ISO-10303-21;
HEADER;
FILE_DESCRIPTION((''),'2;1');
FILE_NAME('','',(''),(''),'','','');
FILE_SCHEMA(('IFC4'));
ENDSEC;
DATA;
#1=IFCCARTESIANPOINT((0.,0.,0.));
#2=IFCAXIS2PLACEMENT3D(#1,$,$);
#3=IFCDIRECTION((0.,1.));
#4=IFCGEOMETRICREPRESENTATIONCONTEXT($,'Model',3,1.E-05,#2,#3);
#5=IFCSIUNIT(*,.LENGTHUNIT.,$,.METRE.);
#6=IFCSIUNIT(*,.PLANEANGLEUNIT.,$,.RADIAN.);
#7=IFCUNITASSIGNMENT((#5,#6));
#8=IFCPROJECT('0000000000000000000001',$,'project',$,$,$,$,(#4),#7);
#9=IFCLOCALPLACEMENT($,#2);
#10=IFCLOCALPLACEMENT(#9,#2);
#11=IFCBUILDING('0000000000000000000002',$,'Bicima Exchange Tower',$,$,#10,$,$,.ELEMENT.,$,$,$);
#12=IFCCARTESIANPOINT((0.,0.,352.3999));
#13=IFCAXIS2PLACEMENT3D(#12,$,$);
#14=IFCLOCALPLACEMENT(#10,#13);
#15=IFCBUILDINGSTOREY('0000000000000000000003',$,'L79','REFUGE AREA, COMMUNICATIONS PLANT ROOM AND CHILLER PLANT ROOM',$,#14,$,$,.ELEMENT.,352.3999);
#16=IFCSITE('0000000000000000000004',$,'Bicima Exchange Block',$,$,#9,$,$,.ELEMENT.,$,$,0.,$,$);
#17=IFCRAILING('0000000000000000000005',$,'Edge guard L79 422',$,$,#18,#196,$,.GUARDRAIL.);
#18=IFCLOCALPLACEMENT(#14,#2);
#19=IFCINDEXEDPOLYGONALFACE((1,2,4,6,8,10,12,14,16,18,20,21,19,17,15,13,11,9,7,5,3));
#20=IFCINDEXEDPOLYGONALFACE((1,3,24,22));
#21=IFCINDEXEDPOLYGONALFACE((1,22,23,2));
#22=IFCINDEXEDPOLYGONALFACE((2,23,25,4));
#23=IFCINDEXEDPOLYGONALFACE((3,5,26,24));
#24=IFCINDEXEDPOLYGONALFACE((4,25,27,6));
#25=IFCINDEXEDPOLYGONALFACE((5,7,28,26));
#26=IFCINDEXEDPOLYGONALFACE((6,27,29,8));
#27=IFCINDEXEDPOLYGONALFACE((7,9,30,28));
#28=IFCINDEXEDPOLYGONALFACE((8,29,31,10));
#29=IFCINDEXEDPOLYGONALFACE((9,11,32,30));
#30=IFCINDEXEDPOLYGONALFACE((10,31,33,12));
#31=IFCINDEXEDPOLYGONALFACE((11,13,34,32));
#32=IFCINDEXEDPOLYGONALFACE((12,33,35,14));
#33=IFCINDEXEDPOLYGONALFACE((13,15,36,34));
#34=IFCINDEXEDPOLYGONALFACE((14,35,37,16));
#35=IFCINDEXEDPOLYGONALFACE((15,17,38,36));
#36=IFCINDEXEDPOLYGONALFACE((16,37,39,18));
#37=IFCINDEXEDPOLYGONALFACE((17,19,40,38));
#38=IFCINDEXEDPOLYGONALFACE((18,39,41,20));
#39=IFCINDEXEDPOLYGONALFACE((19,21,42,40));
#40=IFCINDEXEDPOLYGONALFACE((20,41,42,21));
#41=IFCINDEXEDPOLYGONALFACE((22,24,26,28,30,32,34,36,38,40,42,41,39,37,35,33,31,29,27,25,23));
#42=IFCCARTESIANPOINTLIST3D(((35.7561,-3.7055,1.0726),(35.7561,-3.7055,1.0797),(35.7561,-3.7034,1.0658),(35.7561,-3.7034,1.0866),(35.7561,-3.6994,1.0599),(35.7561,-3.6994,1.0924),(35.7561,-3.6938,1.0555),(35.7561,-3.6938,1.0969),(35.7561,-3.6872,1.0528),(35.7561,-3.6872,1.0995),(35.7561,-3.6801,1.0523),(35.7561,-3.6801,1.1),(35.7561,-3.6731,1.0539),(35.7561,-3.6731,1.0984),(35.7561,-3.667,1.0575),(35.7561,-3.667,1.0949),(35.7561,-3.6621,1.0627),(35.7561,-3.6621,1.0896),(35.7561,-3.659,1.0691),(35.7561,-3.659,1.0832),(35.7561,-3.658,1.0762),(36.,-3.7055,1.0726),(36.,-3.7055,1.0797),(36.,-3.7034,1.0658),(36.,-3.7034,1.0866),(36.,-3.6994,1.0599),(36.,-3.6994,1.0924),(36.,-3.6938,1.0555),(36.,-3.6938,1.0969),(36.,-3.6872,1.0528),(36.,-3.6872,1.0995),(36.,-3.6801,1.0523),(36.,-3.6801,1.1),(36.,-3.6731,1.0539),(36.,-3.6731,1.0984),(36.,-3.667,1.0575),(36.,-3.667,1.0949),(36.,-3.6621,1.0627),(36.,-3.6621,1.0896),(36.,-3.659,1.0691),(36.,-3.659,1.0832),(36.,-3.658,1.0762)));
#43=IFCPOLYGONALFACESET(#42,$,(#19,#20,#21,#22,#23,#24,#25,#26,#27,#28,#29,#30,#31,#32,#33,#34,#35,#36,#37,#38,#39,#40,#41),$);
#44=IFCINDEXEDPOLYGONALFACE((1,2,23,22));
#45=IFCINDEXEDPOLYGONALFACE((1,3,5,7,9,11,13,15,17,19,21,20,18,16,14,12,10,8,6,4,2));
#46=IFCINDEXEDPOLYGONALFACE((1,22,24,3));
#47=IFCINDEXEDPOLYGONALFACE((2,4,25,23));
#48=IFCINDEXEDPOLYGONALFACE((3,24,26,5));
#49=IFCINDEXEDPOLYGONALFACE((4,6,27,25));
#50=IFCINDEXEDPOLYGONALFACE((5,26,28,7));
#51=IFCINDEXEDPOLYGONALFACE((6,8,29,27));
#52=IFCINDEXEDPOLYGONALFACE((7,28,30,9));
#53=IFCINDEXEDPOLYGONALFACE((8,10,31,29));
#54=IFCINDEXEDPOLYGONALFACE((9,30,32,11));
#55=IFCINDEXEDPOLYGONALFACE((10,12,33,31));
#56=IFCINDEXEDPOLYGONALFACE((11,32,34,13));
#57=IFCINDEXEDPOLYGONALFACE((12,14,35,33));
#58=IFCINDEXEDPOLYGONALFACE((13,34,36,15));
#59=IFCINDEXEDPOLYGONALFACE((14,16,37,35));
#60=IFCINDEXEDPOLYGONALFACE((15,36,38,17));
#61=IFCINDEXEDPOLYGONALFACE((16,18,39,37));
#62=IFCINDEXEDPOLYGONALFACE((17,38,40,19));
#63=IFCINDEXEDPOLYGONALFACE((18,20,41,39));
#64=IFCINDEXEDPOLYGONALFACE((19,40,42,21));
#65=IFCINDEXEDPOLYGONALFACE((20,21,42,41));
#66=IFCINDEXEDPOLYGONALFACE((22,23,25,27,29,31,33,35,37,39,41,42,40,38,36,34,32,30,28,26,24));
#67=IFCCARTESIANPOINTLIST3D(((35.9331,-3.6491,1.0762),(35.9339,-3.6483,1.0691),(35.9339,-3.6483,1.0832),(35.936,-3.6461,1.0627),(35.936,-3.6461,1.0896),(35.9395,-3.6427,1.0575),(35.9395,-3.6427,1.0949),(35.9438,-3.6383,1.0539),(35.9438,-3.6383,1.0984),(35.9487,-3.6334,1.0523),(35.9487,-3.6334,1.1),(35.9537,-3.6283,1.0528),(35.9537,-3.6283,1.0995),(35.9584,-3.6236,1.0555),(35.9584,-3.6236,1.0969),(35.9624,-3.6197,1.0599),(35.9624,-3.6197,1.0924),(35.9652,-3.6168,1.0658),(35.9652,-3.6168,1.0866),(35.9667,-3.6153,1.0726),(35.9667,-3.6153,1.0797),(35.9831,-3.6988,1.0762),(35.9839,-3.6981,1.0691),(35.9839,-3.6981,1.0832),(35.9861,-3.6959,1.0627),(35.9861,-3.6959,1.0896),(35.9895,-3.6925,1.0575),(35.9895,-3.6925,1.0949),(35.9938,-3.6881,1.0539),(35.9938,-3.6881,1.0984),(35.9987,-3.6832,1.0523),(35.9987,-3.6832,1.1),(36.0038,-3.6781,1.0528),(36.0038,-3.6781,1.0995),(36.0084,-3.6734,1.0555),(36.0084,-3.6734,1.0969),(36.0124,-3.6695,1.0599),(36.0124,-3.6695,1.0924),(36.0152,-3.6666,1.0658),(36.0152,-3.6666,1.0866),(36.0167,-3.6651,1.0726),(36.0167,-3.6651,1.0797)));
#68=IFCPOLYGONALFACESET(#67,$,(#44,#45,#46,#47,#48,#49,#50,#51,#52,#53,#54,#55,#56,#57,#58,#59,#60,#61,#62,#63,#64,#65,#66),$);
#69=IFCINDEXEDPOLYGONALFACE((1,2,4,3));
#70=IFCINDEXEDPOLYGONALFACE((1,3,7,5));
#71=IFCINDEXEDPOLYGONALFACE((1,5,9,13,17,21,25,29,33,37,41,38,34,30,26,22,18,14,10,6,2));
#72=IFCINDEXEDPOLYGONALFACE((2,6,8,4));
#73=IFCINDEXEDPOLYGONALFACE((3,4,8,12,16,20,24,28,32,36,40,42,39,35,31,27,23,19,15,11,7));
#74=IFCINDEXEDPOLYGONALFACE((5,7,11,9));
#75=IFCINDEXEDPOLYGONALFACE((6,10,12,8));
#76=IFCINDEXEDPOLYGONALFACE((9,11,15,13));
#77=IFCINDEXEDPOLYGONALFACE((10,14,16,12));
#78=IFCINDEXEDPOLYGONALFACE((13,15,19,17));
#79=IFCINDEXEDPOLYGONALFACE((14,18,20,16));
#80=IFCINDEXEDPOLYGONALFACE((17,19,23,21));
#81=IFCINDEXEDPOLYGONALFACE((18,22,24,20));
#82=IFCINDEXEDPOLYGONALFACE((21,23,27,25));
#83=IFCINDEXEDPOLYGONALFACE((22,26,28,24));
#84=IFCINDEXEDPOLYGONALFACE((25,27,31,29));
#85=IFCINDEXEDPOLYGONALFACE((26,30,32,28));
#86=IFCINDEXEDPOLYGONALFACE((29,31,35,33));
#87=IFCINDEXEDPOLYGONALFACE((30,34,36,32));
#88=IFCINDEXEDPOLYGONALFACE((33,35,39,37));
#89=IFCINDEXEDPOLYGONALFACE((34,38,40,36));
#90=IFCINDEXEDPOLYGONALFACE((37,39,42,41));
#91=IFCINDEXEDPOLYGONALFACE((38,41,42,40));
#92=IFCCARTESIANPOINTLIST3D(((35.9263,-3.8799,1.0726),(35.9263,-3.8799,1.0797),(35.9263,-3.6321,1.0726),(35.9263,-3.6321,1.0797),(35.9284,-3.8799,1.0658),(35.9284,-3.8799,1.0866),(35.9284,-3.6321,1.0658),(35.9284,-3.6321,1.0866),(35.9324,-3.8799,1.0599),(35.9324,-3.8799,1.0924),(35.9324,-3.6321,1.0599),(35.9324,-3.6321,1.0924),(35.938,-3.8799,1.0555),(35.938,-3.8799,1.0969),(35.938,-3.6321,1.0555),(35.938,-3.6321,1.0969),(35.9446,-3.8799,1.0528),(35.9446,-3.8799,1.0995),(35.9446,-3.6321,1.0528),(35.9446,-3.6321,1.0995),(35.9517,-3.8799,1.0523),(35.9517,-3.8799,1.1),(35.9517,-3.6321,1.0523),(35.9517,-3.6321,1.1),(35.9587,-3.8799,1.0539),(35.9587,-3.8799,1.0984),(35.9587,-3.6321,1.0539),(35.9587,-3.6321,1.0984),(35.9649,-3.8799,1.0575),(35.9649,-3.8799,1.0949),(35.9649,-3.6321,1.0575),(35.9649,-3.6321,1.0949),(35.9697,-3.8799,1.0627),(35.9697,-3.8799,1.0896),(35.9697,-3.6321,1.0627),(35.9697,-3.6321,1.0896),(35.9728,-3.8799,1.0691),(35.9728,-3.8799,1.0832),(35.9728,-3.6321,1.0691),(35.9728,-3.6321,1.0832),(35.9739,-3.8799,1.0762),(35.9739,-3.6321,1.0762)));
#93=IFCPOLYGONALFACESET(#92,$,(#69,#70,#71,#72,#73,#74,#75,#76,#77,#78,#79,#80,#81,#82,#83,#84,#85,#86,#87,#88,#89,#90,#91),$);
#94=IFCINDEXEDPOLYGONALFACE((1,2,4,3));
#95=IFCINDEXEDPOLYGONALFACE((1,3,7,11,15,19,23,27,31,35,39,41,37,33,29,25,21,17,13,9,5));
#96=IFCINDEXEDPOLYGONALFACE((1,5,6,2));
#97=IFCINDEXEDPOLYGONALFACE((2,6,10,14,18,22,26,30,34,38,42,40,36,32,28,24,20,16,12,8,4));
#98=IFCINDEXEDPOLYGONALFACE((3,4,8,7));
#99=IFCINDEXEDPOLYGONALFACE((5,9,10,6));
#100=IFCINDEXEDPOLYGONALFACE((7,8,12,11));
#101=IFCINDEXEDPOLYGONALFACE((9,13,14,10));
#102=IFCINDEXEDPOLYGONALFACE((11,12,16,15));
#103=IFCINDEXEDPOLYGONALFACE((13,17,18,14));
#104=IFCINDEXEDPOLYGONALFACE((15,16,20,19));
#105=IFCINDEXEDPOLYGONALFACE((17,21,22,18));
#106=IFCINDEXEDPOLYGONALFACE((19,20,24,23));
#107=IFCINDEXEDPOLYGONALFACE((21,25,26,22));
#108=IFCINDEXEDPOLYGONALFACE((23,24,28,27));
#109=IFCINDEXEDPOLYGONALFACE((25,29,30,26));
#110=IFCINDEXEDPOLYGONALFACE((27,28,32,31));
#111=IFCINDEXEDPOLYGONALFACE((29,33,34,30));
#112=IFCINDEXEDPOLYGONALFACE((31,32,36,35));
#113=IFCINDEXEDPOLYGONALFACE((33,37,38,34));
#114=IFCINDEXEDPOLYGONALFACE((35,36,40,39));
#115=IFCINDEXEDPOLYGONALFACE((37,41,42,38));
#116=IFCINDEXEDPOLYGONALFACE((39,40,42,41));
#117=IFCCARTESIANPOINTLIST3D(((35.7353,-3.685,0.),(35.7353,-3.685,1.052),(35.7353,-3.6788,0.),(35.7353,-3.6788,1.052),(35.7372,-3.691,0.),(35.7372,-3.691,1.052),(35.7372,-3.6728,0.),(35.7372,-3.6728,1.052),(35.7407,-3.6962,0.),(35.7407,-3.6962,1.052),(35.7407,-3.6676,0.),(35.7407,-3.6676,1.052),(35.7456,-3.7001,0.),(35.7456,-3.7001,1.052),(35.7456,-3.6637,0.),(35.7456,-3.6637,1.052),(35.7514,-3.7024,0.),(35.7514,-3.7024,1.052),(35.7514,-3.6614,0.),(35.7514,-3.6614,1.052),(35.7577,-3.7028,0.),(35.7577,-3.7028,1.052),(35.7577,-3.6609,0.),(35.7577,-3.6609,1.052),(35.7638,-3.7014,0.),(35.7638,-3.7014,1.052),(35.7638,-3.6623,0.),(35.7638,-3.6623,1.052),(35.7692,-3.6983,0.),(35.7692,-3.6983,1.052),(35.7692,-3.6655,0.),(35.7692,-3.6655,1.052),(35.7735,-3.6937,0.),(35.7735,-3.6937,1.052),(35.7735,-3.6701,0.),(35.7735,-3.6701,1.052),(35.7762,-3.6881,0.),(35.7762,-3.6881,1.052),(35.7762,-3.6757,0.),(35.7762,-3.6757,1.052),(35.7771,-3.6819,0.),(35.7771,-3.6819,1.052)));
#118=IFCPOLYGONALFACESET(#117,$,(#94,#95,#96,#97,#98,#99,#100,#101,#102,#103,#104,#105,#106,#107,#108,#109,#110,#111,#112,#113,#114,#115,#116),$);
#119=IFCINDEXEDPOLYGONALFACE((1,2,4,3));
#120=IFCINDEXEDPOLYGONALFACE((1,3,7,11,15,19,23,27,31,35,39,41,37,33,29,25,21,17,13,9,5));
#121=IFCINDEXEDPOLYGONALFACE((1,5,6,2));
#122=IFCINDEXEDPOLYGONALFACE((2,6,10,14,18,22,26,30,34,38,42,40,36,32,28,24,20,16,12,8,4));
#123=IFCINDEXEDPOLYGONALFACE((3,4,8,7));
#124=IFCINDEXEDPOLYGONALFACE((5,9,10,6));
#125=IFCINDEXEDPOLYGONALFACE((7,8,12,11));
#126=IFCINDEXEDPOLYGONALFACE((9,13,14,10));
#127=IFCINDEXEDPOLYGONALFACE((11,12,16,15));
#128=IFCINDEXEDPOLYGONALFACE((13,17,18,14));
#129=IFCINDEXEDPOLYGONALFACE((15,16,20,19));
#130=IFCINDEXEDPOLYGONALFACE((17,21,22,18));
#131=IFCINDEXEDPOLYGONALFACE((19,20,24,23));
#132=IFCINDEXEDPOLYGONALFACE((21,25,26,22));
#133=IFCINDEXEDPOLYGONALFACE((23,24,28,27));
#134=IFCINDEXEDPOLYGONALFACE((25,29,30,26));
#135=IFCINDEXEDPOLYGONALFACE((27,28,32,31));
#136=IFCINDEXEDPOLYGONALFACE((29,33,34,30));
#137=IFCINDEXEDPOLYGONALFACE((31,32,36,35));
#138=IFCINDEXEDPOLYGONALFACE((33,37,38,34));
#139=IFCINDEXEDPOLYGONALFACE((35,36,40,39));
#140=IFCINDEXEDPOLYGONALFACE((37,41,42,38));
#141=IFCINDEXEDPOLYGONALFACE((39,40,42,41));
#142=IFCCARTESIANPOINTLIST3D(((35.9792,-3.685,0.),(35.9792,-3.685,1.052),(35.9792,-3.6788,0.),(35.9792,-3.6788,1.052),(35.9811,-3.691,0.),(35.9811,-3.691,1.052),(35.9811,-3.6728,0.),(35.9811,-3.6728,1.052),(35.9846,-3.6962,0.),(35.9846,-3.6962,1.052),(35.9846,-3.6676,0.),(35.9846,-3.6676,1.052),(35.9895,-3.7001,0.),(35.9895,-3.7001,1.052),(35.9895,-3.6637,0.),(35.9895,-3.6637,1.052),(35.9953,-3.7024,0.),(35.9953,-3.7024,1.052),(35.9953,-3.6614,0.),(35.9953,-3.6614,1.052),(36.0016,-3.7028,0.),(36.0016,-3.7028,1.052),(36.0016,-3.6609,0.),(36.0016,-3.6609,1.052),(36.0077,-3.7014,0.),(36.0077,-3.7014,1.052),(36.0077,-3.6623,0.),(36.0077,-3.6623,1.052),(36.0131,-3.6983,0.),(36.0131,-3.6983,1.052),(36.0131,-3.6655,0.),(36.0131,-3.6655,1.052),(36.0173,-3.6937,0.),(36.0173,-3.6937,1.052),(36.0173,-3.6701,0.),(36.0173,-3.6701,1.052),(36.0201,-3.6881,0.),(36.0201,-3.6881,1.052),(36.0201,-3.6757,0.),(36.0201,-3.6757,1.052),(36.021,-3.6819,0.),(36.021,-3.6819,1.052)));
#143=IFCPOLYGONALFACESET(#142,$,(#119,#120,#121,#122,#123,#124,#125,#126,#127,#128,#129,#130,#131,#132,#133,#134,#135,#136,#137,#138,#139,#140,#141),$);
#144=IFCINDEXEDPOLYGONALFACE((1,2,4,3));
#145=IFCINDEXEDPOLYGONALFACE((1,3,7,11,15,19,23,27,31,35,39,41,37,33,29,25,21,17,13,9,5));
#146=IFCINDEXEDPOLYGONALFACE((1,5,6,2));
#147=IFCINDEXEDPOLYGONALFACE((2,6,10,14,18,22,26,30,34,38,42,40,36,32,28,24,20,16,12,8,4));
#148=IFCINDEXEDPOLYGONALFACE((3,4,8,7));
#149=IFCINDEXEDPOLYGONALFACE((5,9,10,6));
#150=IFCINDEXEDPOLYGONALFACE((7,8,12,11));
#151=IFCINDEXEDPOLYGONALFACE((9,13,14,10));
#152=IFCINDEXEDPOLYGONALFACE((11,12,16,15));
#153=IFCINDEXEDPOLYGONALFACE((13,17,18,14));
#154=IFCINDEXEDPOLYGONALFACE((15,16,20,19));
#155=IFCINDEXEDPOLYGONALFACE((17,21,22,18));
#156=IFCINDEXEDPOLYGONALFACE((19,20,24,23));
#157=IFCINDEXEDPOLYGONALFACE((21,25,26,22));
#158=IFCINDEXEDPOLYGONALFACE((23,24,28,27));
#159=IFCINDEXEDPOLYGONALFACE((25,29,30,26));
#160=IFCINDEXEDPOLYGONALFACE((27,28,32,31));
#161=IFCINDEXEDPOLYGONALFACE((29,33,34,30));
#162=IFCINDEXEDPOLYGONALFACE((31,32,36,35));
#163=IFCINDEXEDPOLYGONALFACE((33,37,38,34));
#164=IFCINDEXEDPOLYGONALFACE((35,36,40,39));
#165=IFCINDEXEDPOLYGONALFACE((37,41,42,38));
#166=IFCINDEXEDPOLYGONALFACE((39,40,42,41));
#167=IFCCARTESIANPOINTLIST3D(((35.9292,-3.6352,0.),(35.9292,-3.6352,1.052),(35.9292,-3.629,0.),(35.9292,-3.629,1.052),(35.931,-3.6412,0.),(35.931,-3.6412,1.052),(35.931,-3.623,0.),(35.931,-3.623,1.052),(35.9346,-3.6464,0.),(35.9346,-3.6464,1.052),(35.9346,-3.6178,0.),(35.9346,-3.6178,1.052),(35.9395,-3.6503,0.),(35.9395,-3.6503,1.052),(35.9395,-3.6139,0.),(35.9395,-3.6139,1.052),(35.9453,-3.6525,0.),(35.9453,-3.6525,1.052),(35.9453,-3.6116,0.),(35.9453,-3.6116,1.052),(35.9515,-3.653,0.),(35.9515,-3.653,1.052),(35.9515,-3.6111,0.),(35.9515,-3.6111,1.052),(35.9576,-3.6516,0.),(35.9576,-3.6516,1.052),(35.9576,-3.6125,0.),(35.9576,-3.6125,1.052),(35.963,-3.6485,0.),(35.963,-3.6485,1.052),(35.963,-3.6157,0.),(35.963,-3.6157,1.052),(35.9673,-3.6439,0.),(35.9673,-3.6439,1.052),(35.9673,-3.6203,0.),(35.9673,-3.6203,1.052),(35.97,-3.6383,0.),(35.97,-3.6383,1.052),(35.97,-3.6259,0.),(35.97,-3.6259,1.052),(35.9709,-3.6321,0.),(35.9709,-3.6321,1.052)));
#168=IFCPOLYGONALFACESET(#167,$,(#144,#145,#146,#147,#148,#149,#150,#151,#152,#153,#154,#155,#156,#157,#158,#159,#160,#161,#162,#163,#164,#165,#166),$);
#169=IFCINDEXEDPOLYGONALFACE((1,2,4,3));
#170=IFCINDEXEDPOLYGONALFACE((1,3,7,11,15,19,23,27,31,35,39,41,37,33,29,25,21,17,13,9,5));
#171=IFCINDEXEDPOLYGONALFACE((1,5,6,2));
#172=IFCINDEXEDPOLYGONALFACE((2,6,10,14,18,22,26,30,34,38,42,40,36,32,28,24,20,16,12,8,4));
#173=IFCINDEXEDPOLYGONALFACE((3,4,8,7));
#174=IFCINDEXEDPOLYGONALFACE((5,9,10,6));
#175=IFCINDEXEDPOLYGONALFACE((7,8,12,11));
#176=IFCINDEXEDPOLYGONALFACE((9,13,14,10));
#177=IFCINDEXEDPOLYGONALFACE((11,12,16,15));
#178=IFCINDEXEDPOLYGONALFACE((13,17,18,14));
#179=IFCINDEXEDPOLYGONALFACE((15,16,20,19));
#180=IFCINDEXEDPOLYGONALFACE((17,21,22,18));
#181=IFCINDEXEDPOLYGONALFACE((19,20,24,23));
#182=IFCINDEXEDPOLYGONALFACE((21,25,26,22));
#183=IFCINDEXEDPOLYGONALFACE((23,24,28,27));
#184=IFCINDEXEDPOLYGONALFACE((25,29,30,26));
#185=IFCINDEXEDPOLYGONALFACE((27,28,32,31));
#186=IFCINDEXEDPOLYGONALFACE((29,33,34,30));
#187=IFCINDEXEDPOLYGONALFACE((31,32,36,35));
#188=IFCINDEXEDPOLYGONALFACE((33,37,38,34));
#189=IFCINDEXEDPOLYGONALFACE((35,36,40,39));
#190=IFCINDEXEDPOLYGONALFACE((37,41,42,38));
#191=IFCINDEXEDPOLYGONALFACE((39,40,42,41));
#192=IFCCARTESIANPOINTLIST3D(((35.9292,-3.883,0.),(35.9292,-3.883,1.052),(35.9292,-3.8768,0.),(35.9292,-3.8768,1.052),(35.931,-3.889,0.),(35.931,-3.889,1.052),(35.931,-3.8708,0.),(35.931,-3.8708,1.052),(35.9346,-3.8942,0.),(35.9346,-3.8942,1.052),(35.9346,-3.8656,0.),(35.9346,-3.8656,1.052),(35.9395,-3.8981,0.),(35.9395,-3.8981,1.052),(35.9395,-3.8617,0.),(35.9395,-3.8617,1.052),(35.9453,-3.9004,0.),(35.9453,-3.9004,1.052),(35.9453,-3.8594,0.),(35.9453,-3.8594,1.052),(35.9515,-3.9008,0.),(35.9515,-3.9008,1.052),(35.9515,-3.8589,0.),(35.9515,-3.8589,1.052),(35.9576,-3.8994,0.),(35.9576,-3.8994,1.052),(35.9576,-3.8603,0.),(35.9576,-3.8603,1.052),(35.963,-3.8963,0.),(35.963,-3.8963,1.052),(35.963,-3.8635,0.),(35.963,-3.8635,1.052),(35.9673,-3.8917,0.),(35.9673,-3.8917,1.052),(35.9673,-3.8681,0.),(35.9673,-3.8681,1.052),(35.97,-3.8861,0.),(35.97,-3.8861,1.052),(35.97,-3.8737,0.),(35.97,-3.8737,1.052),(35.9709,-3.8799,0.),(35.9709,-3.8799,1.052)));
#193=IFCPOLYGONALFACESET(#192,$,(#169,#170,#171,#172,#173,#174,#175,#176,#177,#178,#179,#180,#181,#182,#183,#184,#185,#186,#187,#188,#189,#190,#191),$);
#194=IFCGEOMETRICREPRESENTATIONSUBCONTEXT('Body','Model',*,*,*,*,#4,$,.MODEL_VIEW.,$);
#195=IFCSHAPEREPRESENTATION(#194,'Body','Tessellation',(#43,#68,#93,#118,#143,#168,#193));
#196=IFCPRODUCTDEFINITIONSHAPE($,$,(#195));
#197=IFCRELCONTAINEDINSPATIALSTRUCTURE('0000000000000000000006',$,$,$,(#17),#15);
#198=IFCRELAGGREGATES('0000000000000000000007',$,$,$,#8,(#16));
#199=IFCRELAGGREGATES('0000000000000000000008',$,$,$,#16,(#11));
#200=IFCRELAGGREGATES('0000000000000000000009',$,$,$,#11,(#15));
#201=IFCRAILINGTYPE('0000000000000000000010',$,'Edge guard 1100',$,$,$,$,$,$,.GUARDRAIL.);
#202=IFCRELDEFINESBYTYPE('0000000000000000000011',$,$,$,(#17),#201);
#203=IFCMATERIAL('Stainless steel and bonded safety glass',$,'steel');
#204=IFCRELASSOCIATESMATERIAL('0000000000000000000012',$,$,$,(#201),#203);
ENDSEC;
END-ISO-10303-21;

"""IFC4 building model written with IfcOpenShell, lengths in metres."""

from ifc_helpers import new_model, si_unit, direction, frame, origin, origin_2d, place, context, subcontext, project, spatial, circle, extrude, material, type_object, element, save


model = new_model("IFC4")

# Units and contexts
model_context = context("Model", 3, precision=1e-05, world=origin(), true_north=direction((0.0, 1.0)))
body_context = subcontext(model_context, "Body", "Model", "MODEL_VIEW")
ifc_project = project(units=[si_unit("LENGTHUNIT", "METRE"), si_unit("PLANEANGLEUNIT", "RADIAN")], contexts=[model_context])

# Site, building, storey
site_placement = place(None, origin())
site = spatial("IfcSite", under=ifc_project, at=site_placement, Name="Bicima Exchange Block", CompositionType="ELEMENT", RefElevation=0.0)
building_placement = place(site_placement, origin())
building = spatial("IfcBuilding", under=site, at=building_placement, Name="Bicima Exchange Tower", CompositionType="ELEMENT")
storey_placement = place(building_placement, frame((0.0, 0.0, 352.3999)))
storey = spatial("IfcBuildingStorey", under=building, at=storey_placement, Name="L79", Description="REFUGE AREA, COMMUNICATIONS PLANT ROOM AND CHILLER PLANT ROOM", CompositionType="ELEMENT", Elevation=352.3999)

# Railing
ifc_material_1 = material(Name="Stainless steel and bonded safety glass", Category="steel")
railing_type = type_object("IfcRailingType", Name="Edge guard 1100", PredefinedType="GUARDRAIL", material=ifc_material_1)
railing_1_placement = place(storey_placement, frame((35.7561, -3.6819, 0.0)))
element("IfcRailing", 1, at=railing_1_placement, inside=storey, type_object=railing_type, Name="Edge guard L79 422", PredefinedType="GUARDRAIL", context=body_context, shape_type="SweptSolid", body=[
    extrude(circle(Radius=0.0239, at=origin_2d()), frame((0.0, 0.0, 1.0762), z_axis=(1.0, 0.0, 0.0), x_axis=(0.0, 1.0, 0.0)), (0.0, 0.0, 1.0), 0.2439),
    extrude(circle(Radius=0.0239, at=origin_2d()), frame((0.2439, 0.0, 1.0762), z_axis=(-0.708834, 0.705376, 0.0), x_axis=(-0.705376, -0.708834, 0.0)), (0.0, 0.0, 1.0), 0.0706),
    extrude(circle(Radius=0.0239, at=origin_2d()), frame((0.1938, 0.0498, 1.0762), z_axis=(0.0, -1.0, 0.0), x_axis=(1.0, 0.0, 0.0)), (0.0, 0.0, 1.0), 0.2478),
    extrude(circle(Radius=0.021, at=origin_2d()), origin(), (0.0, 0.0, 1.0), 1.052),
    extrude(circle(Radius=0.021, at=origin_2d()), frame((0.2439, 0.0, 0.0)), (0.0, 0.0, 1.0), 1.052),
    extrude(circle(Radius=0.021, at=origin_2d()), frame((0.1938, 0.0498, 0.0)), (0.0, 0.0, 1.0), 1.052),
    extrude(circle(Radius=0.021, at=origin_2d()), frame((0.1938, -0.198, 0.0)), (0.0, 0.0, 1.0), 1.052),
])

save(model, "model.ifc")
